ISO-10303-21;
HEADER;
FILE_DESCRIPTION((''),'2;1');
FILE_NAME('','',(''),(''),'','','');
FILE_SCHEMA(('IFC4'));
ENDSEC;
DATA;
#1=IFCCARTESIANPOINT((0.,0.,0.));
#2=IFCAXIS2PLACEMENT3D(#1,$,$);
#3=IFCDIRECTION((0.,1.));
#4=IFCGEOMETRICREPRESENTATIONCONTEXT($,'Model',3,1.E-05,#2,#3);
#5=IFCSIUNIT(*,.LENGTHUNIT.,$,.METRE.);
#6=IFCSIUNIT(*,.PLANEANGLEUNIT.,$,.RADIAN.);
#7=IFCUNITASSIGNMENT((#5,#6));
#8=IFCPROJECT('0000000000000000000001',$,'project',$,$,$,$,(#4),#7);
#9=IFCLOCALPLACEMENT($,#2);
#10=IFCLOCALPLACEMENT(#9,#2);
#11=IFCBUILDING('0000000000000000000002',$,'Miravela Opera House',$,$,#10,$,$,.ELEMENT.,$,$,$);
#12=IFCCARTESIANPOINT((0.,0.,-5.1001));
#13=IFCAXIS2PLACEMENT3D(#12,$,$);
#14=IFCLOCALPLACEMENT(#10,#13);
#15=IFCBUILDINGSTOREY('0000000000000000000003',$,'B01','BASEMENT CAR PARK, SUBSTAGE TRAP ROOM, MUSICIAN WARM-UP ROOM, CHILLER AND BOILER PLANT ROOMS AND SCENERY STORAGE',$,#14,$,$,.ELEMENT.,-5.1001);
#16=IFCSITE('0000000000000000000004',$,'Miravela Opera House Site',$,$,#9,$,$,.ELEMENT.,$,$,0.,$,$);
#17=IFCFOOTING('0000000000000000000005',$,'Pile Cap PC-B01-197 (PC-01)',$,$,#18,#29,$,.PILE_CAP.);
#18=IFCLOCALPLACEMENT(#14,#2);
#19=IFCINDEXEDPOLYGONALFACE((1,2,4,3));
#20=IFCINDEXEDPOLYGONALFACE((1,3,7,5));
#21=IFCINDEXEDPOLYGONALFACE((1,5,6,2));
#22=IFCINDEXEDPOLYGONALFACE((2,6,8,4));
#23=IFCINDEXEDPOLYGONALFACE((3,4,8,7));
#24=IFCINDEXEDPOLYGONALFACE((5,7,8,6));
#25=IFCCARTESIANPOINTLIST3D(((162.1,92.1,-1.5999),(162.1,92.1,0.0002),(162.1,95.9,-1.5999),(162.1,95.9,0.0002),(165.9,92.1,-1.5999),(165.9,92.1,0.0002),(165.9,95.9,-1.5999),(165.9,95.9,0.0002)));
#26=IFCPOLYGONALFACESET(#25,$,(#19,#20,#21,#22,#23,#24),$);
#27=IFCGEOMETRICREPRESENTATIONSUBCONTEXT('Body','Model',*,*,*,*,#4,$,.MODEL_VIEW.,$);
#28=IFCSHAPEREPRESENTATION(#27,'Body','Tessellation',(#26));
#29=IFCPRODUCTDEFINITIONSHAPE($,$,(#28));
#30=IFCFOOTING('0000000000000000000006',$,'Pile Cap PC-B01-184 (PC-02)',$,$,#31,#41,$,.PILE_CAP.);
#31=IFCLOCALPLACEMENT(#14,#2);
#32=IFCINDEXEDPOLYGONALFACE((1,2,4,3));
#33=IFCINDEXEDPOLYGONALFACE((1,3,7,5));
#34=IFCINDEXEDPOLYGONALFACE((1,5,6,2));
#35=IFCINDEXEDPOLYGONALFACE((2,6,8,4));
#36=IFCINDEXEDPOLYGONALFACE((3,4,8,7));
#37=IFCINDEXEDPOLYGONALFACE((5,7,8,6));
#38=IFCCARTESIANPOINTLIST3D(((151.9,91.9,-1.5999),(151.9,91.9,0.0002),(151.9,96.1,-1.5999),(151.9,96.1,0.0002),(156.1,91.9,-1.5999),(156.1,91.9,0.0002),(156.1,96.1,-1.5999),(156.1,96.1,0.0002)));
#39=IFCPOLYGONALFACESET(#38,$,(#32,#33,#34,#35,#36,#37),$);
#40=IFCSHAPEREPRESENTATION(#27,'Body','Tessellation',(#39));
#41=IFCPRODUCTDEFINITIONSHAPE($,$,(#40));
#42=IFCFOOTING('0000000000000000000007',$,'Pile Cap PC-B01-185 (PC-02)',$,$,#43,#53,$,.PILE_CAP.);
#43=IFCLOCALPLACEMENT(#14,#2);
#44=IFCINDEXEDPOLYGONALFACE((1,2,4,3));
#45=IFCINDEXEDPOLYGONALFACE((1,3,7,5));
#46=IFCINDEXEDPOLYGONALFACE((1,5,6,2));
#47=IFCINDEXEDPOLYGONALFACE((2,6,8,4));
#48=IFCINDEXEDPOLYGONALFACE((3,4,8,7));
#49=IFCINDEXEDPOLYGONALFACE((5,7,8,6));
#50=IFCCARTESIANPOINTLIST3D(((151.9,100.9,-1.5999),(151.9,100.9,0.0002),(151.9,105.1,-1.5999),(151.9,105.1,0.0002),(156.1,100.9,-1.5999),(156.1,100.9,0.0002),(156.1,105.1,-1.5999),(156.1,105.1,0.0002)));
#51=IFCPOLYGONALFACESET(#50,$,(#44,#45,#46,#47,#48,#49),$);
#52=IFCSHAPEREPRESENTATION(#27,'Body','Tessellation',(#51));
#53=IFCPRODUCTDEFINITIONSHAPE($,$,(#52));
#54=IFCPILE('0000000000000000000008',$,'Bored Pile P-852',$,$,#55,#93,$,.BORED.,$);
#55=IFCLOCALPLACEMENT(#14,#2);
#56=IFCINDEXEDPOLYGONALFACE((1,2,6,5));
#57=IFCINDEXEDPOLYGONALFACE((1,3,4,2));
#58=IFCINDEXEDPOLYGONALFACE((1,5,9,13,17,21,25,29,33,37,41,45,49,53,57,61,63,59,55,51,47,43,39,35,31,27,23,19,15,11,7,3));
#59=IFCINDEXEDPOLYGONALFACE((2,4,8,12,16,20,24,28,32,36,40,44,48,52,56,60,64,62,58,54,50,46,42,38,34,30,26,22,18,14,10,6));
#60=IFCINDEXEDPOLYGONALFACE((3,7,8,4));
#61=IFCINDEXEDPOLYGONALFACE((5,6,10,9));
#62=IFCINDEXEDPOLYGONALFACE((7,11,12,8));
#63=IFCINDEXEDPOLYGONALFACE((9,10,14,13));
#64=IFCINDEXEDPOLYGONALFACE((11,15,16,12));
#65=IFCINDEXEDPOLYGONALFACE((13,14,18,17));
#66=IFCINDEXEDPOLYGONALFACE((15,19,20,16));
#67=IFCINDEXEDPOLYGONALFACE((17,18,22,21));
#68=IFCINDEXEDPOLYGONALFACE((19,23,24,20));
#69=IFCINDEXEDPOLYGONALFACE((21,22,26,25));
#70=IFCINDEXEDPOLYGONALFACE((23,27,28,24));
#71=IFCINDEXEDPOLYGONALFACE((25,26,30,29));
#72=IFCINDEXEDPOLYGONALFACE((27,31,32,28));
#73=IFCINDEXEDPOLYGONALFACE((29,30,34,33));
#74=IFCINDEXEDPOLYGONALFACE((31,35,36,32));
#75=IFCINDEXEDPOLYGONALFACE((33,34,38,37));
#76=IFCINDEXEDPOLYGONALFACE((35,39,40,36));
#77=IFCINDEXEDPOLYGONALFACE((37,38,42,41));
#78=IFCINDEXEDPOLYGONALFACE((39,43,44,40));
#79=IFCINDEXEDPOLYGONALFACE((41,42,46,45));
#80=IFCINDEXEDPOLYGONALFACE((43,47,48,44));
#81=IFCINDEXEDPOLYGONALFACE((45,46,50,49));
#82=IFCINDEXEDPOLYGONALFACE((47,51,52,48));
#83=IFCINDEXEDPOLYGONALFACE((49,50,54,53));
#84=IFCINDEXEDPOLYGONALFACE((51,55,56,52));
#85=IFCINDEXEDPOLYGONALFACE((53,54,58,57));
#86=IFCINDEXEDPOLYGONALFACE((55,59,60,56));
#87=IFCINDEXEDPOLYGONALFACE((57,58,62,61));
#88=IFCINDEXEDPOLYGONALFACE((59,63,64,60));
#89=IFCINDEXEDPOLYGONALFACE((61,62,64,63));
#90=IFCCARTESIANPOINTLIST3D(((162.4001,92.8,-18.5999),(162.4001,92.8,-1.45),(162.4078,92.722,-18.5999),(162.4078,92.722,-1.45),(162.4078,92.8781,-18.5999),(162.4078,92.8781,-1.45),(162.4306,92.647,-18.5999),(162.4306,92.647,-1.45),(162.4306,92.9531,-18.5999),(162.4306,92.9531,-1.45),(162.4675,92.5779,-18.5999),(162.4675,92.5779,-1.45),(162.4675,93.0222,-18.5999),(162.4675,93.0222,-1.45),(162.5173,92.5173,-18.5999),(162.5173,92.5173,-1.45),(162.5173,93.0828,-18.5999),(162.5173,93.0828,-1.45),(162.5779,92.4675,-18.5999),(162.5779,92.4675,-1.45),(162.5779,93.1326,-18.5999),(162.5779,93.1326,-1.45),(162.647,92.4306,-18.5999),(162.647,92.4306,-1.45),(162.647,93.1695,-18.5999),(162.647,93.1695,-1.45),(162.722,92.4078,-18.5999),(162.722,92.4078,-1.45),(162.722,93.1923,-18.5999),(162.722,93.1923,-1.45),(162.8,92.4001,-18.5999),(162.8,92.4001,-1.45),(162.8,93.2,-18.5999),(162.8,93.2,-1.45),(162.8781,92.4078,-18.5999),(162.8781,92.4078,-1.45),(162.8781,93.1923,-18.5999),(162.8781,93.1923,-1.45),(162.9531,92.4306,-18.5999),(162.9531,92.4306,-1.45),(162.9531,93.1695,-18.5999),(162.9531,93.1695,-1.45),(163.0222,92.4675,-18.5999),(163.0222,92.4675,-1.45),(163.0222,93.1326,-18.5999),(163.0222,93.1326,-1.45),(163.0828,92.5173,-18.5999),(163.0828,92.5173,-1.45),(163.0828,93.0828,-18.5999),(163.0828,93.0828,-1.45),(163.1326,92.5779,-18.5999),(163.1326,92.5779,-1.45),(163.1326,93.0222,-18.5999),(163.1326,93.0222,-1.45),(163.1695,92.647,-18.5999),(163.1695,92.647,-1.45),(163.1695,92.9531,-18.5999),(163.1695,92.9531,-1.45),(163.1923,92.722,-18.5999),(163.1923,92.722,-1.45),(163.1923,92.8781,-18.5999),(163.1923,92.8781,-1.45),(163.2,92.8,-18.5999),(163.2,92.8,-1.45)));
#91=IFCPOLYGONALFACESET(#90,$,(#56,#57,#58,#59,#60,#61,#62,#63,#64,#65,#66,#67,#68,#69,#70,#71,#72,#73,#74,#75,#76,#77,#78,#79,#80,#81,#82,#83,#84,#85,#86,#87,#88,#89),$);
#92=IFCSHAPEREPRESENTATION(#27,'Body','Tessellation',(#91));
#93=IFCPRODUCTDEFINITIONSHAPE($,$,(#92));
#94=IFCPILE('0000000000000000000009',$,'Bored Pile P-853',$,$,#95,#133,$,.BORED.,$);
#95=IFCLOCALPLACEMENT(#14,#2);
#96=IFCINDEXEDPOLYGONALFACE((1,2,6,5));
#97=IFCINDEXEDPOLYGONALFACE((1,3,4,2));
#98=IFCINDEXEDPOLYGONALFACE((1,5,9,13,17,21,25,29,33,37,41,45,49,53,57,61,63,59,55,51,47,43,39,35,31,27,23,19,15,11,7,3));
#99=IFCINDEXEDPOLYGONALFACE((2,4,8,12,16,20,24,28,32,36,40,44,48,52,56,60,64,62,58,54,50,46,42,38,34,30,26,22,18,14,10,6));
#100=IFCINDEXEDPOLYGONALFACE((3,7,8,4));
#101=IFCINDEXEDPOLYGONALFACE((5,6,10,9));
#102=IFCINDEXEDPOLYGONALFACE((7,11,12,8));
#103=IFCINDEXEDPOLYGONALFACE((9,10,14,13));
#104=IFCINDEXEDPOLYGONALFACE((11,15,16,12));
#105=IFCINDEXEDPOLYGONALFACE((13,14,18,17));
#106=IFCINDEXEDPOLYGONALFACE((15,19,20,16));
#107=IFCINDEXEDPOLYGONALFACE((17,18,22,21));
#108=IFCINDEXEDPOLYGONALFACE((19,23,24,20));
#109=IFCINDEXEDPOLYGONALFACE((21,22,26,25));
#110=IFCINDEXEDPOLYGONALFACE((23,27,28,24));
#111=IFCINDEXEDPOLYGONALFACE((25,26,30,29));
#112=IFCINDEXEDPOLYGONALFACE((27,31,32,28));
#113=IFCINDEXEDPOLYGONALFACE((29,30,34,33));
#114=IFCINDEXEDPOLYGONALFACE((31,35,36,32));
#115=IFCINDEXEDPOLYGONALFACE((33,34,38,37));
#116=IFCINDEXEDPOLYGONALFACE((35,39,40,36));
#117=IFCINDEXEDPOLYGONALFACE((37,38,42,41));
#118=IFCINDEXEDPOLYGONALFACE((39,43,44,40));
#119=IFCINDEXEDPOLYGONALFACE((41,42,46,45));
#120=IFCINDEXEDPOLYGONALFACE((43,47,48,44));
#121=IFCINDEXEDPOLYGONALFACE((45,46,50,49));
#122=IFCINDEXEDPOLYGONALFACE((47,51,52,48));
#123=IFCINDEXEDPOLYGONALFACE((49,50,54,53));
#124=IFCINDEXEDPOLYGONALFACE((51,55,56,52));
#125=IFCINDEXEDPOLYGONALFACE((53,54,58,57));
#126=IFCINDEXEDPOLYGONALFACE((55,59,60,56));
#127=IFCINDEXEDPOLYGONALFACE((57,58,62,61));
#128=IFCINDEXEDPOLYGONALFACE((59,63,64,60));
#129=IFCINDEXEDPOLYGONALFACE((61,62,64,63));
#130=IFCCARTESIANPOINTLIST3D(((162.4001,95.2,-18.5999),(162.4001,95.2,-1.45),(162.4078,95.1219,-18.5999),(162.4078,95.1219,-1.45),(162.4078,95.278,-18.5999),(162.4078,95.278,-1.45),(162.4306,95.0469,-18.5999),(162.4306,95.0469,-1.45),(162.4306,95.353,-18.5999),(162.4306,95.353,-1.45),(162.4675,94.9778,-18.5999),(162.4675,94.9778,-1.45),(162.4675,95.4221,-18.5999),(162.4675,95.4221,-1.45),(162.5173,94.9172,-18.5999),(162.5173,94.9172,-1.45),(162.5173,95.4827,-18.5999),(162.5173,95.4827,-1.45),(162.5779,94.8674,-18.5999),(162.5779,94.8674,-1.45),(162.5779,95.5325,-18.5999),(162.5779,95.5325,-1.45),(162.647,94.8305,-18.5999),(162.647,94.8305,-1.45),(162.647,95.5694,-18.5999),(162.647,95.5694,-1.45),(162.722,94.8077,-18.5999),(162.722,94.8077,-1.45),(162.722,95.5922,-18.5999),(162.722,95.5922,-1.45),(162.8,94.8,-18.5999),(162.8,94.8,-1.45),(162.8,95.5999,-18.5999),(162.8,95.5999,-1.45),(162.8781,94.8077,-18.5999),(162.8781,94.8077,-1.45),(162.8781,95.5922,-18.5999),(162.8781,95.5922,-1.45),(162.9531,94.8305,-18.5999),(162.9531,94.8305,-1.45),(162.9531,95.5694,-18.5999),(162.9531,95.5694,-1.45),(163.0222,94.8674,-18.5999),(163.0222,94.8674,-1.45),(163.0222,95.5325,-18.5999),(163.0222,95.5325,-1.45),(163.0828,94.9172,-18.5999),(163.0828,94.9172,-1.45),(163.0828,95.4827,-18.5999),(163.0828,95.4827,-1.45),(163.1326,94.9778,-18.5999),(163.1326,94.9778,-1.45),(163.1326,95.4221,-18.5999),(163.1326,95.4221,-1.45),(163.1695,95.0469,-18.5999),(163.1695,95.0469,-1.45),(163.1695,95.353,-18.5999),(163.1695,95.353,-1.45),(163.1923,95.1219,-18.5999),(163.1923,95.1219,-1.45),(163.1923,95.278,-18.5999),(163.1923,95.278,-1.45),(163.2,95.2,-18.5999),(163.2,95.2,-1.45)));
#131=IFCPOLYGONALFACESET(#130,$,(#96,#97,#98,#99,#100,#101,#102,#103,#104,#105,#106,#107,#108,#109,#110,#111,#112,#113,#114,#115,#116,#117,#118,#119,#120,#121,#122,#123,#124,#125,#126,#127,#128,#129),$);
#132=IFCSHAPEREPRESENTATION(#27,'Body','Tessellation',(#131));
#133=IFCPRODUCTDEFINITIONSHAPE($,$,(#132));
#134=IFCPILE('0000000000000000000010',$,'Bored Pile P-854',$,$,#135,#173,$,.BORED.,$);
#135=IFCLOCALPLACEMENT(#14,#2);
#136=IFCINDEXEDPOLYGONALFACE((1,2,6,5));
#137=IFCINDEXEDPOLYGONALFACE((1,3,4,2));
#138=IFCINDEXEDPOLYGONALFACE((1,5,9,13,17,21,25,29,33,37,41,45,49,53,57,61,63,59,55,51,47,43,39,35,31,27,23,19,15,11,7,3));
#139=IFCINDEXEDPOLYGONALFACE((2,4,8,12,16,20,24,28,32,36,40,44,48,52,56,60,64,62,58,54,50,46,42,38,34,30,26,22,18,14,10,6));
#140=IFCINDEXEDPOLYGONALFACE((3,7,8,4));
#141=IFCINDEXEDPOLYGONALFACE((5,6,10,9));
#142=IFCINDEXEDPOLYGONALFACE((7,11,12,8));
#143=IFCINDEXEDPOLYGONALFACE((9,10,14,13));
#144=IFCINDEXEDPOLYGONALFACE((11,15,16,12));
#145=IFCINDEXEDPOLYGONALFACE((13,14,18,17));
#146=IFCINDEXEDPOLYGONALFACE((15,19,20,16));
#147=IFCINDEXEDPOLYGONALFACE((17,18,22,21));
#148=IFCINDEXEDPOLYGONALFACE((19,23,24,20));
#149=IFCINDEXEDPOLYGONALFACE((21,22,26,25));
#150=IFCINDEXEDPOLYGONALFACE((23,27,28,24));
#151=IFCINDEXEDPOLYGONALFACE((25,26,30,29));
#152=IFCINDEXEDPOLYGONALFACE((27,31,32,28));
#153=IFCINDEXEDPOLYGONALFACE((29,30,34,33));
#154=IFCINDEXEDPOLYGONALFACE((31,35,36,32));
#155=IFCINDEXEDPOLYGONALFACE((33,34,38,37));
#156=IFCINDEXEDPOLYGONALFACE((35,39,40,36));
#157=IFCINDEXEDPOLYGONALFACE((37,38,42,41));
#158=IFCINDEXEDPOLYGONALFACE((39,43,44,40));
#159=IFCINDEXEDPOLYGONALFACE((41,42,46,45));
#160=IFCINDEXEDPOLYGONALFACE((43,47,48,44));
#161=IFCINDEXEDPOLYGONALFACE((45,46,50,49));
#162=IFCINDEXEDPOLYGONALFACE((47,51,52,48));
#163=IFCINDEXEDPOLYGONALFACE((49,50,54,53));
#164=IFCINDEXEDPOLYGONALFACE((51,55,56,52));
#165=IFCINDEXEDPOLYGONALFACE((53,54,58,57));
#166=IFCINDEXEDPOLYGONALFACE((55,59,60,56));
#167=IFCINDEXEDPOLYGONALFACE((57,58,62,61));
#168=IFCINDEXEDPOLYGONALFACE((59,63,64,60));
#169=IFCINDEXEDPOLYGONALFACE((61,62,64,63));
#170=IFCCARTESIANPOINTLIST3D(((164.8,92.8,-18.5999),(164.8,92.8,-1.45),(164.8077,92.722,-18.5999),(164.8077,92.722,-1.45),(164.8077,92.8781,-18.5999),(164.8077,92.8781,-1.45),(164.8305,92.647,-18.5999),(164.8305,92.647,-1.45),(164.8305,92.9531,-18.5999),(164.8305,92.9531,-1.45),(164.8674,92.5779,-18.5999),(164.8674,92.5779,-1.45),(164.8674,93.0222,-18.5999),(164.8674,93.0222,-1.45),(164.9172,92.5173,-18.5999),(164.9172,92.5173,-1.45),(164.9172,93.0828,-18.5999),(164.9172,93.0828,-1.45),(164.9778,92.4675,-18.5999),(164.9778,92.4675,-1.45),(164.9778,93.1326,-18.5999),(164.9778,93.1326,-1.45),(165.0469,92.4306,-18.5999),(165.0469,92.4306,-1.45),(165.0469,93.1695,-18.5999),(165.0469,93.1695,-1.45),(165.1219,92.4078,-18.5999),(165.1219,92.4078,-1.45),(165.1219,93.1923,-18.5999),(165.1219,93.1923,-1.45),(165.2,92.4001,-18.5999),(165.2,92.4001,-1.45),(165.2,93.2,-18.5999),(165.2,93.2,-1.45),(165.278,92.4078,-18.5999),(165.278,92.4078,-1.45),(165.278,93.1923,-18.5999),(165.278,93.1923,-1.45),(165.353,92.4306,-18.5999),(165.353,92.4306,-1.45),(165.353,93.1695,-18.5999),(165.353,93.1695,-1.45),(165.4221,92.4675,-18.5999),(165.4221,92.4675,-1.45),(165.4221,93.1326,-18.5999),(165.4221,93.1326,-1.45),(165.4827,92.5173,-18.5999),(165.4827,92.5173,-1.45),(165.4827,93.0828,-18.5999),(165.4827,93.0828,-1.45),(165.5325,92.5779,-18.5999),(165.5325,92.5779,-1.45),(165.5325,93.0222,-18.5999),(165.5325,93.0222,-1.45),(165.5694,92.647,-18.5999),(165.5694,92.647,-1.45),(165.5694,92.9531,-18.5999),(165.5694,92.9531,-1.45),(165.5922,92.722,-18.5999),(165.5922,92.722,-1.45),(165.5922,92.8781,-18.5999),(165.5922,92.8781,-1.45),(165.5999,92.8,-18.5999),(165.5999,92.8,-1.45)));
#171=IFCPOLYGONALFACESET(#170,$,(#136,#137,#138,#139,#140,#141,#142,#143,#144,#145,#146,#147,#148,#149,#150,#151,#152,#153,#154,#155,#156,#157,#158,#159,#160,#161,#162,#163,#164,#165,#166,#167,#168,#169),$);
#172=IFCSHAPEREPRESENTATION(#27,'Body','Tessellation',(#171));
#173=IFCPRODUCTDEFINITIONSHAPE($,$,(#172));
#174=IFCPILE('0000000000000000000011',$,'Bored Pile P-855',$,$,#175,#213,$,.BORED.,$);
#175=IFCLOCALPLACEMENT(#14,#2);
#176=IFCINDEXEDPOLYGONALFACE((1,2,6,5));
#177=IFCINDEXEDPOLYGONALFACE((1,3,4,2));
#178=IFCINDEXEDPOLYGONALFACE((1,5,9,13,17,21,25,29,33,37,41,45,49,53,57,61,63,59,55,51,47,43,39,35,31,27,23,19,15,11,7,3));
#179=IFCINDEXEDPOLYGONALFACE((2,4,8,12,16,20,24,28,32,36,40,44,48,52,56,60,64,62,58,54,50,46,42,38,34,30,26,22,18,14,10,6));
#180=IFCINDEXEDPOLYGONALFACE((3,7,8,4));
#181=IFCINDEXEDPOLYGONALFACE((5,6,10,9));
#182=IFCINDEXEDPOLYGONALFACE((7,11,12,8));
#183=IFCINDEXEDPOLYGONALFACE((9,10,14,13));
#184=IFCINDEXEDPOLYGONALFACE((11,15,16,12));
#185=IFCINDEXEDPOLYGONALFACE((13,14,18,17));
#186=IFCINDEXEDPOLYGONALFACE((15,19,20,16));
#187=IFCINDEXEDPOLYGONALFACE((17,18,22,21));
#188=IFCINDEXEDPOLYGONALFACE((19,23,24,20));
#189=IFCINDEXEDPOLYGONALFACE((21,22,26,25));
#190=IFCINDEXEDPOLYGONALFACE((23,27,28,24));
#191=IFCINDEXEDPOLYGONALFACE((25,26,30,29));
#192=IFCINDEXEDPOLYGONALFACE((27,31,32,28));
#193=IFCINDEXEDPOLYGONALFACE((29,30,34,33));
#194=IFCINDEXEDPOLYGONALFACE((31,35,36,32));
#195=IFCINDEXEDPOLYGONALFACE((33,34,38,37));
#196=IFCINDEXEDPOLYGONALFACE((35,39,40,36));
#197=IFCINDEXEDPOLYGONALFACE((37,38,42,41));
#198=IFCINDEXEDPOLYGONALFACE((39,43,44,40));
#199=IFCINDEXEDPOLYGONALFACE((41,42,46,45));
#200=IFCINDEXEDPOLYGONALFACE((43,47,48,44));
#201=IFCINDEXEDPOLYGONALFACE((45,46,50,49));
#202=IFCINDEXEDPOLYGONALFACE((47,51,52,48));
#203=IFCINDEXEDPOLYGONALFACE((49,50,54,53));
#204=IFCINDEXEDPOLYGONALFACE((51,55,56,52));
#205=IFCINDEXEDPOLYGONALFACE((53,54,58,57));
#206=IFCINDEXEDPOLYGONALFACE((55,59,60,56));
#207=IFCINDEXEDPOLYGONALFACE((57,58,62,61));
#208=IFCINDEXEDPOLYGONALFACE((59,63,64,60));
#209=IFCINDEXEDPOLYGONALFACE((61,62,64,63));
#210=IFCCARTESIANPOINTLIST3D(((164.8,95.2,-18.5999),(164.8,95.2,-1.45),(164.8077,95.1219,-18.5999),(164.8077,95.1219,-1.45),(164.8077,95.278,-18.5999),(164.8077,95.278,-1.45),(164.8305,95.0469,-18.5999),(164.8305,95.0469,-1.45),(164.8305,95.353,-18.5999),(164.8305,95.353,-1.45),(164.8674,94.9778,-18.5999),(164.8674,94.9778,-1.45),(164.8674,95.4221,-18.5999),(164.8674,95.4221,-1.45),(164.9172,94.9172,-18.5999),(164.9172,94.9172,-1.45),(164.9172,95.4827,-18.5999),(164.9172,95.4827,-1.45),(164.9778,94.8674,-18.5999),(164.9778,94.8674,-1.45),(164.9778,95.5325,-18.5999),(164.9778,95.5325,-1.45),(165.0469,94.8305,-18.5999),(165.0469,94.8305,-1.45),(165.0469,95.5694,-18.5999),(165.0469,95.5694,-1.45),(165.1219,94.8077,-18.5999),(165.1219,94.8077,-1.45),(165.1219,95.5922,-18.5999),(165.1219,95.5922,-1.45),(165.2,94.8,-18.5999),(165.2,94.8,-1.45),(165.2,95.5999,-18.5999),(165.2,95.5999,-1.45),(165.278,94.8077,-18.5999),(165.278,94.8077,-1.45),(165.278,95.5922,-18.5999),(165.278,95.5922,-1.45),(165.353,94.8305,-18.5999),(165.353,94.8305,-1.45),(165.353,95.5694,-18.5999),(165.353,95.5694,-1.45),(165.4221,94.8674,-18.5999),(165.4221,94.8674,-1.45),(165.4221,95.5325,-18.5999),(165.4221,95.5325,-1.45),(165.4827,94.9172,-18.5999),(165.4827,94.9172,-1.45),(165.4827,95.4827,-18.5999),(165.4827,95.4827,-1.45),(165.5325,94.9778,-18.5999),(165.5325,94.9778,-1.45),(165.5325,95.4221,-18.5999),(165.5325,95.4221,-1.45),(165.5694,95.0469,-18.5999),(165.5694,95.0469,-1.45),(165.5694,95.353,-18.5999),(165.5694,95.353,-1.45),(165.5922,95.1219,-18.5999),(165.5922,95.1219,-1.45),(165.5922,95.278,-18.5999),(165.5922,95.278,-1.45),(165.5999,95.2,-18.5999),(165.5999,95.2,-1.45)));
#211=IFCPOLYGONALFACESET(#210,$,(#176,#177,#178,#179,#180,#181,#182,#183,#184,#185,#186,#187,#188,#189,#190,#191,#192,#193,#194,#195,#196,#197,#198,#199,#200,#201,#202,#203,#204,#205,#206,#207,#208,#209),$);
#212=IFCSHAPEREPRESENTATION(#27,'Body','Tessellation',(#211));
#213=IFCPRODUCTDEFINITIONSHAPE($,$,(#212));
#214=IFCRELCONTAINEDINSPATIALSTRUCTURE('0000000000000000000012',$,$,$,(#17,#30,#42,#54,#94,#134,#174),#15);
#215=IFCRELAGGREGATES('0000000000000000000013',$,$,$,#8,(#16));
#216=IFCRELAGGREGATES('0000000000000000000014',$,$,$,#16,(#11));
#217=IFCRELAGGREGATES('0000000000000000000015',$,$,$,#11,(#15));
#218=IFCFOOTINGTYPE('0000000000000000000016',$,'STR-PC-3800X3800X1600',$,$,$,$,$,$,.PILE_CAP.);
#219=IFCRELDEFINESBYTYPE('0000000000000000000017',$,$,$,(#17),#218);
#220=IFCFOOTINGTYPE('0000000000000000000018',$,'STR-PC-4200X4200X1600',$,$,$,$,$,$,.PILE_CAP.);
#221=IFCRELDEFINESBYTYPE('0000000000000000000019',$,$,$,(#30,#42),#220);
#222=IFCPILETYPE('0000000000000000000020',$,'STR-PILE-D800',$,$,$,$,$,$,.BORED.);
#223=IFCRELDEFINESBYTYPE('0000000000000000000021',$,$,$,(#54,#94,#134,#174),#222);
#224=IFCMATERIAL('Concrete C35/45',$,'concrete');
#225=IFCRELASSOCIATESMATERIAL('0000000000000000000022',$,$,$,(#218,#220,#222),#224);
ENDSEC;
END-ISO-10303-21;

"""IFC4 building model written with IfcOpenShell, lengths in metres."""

from ifc_helpers import new_model, si_unit, direction, frame, origin, origin_2d, place, context, subcontext, project, spatial, rectangle, circle, extrude, material, material_profile, profile_set, type_object, element, save


model = new_model("IFC4")

# Units and contexts
model_context = context("Model", 3, precision=1e-05, world=origin(), true_north=direction((0.0, 1.0)))
body_context = subcontext(model_context, "Body", "Model", "MODEL_VIEW")
ifc_project = project(units=[si_unit("LENGTHUNIT", "METRE"), si_unit("PLANEANGLEUNIT", "RADIAN")], contexts=[model_context])

# Site, building, storey
site_placement = place(None, origin())
site = spatial("IfcSite", under=ifc_project, at=site_placement, Name="Miravela Opera House Site", CompositionType="ELEMENT", RefElevation=0.0)
building_placement = place(site_placement, origin())
building = spatial("IfcBuilding", under=site, at=building_placement, Name="Miravela Opera House", CompositionType="ELEMENT")
storey_placement = place(building_placement, frame((0.0, 0.0, -5.1001)))
storey = spatial("IfcBuildingStorey", under=building, at=storey_placement, Name="B01", Description="BASEMENT CAR PARK, SUBSTAGE TRAP ROOM, MUSICIAN WARM-UP ROOM, CHILLER AND BOILER PLANT ROOMS AND SCENERY STORAGE", CompositionType="ELEMENT", Elevation=-5.1001)

# Footings
ifc_material_1 = material(Name="Concrete C35/45", Category="concrete")
footing_type_1 = type_object("IfcFootingType", Name="STR-PC-3800X3800X1600", PredefinedType="PILE_CAP", material=ifc_material_1)
footing_placement = place(storey_placement, frame((164.0, 94.0, -1.5999), z_axis=(0.0, 0.0, 1.0), x_axis=(1.0, 0.0, 0.0)))
element("IfcFooting", 1, at=footing_placement, inside=storey, type_object=footing_type_1, Name="Pile Cap PC-B01-197 (PC-01)", PredefinedType="PILE_CAP", context=body_context, shape_type="SweptSolid", body=[
    extrude(rectangle(XDim=3.8, YDim=3.8, at=origin_2d()), origin(), (0.0, 0.0, 1.0), 1.6001),
])
footing_type_2 = type_object("IfcFootingType", Name="STR-PC-4200X4200X1600", PredefinedType="PILE_CAP", material=ifc_material_1)
for number, where, z_axis, x_axis, name in (
    (2, (154.0, 94.0, -1.5999), (0.0, 0.0, 1.0), (1.0, 0.0, 0.0), "Pile Cap PC-B01-184 (PC-02)"),
    (3, (154.0, 103.0, -1.5999), (0.0, 0.0, 1.0), (1.0, 0.0, 0.0), "Pile Cap PC-B01-185 (PC-02)"),
):
    element("IfcFooting", number, at=place(storey_placement, frame(where, z_axis=z_axis, x_axis=x_axis)), inside=storey, type_object=footing_type_2, Name=name, PredefinedType="PILE_CAP", context=body_context, shape_type="SweptSolid", body=[
        extrude(rectangle(XDim=4.2, YDim=4.2, at=origin_2d()), origin(), (0.0, 0.0, 1.0), 1.6001),
    ])

# Piles
ifc_material_profile_1 = material_profile(ifc_material_1, circle(Radius=0.3999, at=origin_2d()), Name="PILE-D800")
ifc_profile_set_1 = profile_set([ifc_material_profile_1])
pile_type_1 = type_object("IfcPileType", Name="STR-PILE-D800", PredefinedType="BORED", material=ifc_profile_set_1)
for number, where, z_axis, x_axis, name in (
    (4, (162.8, 92.8, -1.45), (0.0, 0.0, -1.0), (1.0, 0.0, 0.0), "Bored Pile P-852"),
    (5, (162.8, 95.2, -1.45), (0.0, 0.0, -1.0), (1.0, 0.0, 0.0), "Bored Pile P-853"),
    (6, (165.2, 92.8, -1.45), (0.0, 0.0, -1.0), (1.0, 0.0, 0.0), "Bored Pile P-854"),
    (7, (165.2, 95.2, -1.45), (0.0, 0.0, -1.0), (1.0, 0.0, 0.0), "Bored Pile P-855"),
):
    element("IfcPile", number, at=place(storey_placement, frame(where, z_axis=z_axis, x_axis=x_axis)), inside=storey, type_object=pile_type_1, Name=name, PredefinedType="BORED", context=body_context, shape_type="SweptSolid", body=[
        extrude(circle(Radius=0.3999, at=origin_2d()), origin(), (0.0, 0.0, 1.0), 17.1499),
    ])

save(model, "model.ifc")
